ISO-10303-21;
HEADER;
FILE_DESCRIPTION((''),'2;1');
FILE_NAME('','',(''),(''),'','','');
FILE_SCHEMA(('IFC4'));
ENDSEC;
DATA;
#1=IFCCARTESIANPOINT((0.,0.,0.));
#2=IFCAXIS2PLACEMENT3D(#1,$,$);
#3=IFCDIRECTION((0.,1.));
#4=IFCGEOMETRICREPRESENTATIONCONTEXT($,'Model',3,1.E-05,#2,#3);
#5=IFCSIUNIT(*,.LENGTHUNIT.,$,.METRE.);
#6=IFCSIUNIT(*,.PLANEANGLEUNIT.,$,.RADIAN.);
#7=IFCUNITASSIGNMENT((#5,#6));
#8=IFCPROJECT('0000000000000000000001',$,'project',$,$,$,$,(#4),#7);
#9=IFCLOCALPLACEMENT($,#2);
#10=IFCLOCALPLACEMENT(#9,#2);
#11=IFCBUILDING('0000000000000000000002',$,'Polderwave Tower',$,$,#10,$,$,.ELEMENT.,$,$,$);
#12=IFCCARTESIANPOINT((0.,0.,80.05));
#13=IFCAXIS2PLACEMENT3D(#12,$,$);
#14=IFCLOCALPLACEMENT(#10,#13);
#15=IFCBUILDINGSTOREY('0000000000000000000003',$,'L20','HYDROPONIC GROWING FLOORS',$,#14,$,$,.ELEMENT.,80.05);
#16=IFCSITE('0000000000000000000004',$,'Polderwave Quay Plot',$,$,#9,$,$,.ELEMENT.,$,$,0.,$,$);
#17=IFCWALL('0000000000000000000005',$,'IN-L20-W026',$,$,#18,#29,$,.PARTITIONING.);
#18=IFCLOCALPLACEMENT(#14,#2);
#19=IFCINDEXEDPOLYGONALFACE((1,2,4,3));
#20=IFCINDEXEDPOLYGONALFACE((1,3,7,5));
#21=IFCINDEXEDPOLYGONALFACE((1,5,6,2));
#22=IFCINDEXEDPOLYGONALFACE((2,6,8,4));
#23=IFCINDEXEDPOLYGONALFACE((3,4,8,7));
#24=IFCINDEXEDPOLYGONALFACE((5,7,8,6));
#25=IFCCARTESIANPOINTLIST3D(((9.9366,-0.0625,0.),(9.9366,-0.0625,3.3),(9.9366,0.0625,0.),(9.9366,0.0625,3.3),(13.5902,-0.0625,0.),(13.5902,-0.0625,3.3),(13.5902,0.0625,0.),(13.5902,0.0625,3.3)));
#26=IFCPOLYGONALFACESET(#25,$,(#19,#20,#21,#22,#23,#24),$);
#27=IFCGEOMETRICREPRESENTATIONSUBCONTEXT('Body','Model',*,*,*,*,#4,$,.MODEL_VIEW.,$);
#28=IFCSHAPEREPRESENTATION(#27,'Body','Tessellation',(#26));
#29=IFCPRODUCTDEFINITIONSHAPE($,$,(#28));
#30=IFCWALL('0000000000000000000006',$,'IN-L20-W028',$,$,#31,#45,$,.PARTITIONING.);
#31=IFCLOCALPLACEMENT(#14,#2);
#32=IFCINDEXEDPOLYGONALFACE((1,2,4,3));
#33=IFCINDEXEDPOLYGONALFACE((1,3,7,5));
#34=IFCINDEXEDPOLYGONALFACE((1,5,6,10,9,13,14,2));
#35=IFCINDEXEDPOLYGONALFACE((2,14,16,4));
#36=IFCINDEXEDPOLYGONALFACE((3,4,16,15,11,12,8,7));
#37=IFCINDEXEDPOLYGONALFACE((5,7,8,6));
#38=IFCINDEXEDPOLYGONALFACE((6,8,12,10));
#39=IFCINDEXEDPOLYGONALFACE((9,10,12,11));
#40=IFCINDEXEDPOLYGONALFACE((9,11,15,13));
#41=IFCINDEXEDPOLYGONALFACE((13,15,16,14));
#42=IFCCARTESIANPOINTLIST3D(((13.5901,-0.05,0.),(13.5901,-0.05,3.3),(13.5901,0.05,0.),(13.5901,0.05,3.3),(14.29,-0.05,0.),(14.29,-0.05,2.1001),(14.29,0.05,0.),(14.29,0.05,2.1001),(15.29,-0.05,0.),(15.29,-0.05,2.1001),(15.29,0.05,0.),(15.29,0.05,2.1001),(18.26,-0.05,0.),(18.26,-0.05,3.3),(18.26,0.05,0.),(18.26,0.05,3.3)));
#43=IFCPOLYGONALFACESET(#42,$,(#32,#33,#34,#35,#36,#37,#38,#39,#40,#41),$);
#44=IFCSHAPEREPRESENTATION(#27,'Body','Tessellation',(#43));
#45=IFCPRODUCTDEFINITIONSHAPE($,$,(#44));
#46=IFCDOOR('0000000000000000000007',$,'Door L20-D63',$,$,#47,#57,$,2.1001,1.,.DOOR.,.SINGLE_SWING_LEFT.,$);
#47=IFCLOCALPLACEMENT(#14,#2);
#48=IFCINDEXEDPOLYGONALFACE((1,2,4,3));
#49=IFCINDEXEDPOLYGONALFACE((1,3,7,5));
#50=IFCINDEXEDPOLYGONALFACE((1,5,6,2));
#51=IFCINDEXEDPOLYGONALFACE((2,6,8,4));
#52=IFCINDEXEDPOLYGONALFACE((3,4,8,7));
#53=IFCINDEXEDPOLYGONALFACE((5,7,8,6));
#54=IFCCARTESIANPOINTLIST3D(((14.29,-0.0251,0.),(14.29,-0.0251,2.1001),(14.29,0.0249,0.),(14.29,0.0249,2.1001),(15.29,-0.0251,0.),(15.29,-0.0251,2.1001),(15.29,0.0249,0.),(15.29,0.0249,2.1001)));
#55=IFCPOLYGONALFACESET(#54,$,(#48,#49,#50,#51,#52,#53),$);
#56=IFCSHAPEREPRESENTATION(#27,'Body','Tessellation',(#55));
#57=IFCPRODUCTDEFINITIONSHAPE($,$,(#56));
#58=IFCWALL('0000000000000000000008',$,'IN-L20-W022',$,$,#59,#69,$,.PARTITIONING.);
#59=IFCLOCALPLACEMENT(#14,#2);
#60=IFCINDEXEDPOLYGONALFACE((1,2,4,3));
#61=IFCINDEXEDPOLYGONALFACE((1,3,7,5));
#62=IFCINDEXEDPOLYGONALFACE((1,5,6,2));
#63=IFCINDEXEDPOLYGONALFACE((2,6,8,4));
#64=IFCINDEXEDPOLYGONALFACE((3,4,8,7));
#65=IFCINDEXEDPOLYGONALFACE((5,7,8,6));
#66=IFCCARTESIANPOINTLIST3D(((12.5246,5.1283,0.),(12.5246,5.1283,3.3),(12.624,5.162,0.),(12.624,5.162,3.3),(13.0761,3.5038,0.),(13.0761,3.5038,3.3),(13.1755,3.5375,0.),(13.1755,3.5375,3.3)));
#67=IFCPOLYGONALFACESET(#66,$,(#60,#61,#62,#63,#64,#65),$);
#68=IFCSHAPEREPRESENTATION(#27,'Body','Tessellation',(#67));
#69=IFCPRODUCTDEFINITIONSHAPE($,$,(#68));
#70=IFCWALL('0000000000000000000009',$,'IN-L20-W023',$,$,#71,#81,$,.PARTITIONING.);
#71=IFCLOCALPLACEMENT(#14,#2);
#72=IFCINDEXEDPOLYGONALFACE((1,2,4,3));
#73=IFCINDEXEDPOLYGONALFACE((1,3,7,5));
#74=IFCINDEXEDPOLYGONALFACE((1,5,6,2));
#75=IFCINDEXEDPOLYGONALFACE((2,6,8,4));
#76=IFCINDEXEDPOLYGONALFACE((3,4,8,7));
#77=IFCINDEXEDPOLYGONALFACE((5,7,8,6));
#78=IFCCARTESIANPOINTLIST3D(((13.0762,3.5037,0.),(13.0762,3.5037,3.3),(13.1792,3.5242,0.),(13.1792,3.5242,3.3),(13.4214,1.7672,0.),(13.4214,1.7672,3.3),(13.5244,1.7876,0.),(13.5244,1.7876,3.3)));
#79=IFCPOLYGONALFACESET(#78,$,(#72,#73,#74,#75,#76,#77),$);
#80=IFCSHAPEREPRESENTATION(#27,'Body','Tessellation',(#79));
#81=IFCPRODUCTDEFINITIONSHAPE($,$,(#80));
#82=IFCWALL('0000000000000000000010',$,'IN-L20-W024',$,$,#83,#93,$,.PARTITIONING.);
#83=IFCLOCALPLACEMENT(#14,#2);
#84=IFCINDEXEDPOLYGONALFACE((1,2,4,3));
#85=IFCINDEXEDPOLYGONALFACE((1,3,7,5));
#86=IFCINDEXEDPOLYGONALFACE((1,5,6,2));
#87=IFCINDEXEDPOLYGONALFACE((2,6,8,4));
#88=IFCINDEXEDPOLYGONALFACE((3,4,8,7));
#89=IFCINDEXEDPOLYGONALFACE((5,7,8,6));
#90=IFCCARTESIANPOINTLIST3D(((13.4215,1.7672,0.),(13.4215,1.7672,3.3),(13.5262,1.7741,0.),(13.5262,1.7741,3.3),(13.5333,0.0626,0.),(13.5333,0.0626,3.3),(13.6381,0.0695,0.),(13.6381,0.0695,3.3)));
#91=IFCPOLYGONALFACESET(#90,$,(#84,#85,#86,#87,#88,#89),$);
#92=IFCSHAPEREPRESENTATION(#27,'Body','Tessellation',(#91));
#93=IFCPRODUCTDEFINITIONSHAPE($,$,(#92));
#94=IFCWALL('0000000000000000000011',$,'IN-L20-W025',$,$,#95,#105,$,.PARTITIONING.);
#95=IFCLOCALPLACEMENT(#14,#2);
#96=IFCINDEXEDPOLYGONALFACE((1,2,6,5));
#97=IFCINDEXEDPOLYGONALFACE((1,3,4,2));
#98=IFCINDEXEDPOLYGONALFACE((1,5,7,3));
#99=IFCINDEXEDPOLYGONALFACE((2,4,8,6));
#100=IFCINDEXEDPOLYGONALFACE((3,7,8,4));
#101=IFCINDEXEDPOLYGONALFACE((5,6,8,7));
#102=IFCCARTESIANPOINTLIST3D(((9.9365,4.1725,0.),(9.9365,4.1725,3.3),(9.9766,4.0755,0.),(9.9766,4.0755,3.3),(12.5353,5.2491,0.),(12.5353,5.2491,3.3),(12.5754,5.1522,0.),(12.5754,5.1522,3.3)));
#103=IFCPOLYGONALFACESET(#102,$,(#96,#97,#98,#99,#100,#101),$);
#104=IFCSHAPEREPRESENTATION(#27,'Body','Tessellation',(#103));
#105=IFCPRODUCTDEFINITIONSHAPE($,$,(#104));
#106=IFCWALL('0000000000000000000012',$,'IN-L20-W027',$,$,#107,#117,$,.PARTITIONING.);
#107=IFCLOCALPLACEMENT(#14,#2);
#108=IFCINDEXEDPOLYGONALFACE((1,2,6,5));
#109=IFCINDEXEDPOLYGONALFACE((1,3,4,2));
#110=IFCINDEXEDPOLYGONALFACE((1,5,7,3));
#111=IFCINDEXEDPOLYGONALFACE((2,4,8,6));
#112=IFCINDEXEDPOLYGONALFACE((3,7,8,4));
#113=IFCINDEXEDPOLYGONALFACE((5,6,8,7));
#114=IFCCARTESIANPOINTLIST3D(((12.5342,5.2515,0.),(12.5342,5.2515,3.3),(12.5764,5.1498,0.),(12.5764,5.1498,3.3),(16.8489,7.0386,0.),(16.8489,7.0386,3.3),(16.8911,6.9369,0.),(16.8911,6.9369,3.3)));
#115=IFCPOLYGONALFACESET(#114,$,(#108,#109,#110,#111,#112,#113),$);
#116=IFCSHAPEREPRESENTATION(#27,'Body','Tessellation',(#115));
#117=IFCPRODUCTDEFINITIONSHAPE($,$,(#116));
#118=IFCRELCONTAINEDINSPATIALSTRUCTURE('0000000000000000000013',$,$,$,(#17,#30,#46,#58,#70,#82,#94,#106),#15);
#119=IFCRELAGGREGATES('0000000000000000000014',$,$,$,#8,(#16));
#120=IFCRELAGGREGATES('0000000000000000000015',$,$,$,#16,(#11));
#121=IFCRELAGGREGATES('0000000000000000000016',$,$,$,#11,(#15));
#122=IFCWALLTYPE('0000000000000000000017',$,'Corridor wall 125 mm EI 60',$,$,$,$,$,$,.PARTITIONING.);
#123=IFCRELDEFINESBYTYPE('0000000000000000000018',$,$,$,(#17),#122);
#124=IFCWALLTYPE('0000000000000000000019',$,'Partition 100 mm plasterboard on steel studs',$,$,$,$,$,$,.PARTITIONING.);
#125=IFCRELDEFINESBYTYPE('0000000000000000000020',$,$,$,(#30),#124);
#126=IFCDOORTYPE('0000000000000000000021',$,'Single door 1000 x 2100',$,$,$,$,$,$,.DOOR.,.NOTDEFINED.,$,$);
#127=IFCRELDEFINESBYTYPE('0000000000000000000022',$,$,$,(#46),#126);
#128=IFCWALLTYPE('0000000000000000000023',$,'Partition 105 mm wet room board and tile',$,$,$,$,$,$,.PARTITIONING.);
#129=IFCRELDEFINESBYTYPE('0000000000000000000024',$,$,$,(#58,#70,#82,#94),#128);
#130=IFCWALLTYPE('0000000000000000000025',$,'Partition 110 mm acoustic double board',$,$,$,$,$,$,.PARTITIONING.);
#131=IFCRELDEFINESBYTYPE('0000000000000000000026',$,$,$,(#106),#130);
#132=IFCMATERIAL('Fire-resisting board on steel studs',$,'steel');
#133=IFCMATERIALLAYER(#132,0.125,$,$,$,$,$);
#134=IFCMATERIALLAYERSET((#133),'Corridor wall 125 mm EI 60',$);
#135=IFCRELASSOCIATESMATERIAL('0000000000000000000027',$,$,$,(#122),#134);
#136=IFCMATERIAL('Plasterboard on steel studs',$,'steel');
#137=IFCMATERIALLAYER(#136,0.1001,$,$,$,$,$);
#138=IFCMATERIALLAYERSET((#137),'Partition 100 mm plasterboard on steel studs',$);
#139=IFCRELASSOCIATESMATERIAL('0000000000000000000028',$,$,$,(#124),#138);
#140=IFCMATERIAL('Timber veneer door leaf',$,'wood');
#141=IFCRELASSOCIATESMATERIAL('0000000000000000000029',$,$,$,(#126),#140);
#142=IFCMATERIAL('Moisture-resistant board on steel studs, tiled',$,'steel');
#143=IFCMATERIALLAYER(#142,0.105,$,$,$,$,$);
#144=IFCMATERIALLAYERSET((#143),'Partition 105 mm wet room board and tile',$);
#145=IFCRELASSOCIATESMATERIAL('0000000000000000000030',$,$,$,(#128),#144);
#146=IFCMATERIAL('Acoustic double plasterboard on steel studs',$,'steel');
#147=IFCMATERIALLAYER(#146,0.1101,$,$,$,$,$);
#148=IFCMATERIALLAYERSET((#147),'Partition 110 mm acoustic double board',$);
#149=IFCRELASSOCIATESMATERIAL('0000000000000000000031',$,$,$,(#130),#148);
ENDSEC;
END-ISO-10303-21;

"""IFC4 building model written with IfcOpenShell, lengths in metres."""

from ifc_helpers import new_model, si_unit, direction, frame, frame_2d, origin, place, context, subcontext, project, spatial, rectangle, extrude, material, layer, layer_set, type_object, element, fill, save


model = new_model("IFC4")

# Units and contexts
model_context = context("Model", 3, precision=1e-05, world=origin(), true_north=direction((0.0, 1.0)))
body_context = subcontext(model_context, "Body", "Model", "MODEL_VIEW")
ifc_project = project(units=[si_unit("LENGTHUNIT", "METRE"), si_unit("PLANEANGLEUNIT", "RADIAN")], contexts=[model_context])

# Site, building, storey
site_placement = place(None, origin())
site = spatial("IfcSite", under=ifc_project, at=site_placement, Name="Polderwave Quay Plot", CompositionType="ELEMENT", RefElevation=0.0)
building_placement = place(site_placement, origin())
building = spatial("IfcBuilding", under=site, at=building_placement, Name="Polderwave Tower", CompositionType="ELEMENT")
storey_placement = place(building_placement, frame((0.0, 0.0, 80.05)))
storey = spatial("IfcBuildingStorey", under=building, at=storey_placement, Name="L20", Description="HYDROPONIC GROWING FLOORS", CompositionType="ELEMENT", Elevation=80.05)

# Wall
ifc_material_1 = material(Name="Fire-resisting board on steel studs", Category="steel")
ifc_layer_1 = layer(ifc_material_1, 0.125)
ifc_layer_set_1 = layer_set([ifc_layer_1], Name="Corridor wall 125 mm EI 60")
wall_type_1 = type_object("IfcWallType", Name="Corridor wall 125 mm EI 60", PredefinedType="PARTITIONING", material=ifc_layer_set_1)
wall_1_placement = place(storey_placement, frame((13.5901, 0.0, 0.0), z_axis=(0.0, 0.0, 1.0), x_axis=(-1.0, 0.0, 0.0)))
element("IfcWall", 1, at=wall_1_placement, inside=storey, type_object=wall_type_1, Name="IN-L20-W026", PredefinedType="PARTITIONING", context=body_context, shape_type="SweptSolid", body=[
    extrude(rectangle(XDim=3.6536, YDim=0.125, at=frame_2d((1.8267, 0.0))), origin(), (0.0, 0.0, 1.0), 3.3),
])

# Wall, opening, door
ifc_material_2 = material(Name="Plasterboard on steel studs", Category="steel")
ifc_layer_2 = layer(ifc_material_2, 0.1001)
ifc_layer_set_2 = layer_set([ifc_layer_2], Name="Partition 100 mm plasterboard on steel studs")
wall_type_2 = type_object("IfcWallType", Name="Partition 100 mm plasterboard on steel studs", PredefinedType="PARTITIONING", material=ifc_layer_set_2)
wall_2_placement = place(storey_placement, frame((13.5901, 0.0, 0.0), z_axis=(0.0, 0.0, 1.0), x_axis=(1.0, 0.0, 0.0)))
wall_2 = element("IfcWall", 2, at=wall_2_placement, inside=storey, type_object=wall_type_2, Name="IN-L20-W028", PredefinedType="PARTITIONING", context=body_context, shape_type="SweptSolid", body=[
    extrude(rectangle(XDim=4.6699, YDim=0.1001, at=frame_2d((2.335, 0.0))), origin(), (0.0, 0.0, 1.0), 3.3),
])
opening_placement = place(wall_2_placement, frame((0.7, 0.0, 0.0)))
opening = element("IfcOpeningElement", 3, at=opening_placement, cuts=wall_2, PredefinedType="OPENING", context=body_context, shape_type="SweptSolid", body=[
    extrude(rectangle(XDim=1.0, YDim=2.1001, at=frame_2d((0.5, 1.05))), frame((0.0, 0.0601, 0.0), z_axis=(0.0, -1.0, 0.0), x_axis=(1.0, 0.0, 0.0)), (0.0, 0.0, 1.0), 0.1201),
])
ifc_material_3 = material(Name="Timber veneer door leaf", Category="wood")
door_type = type_object("IfcDoorType", Name="Single door 1000 x 2100", OperationType="NOTDEFINED", PredefinedType="DOOR", material=ifc_material_3)
door_placement = place(opening_placement, origin())
door = element("IfcDoor", 4, at=door_placement, inside=storey, type_object=door_type, Name="Door L20-D63", OperationType="SINGLE_SWING_LEFT", OverallHeight=2.1001, OverallWidth=1.0, PredefinedType="DOOR", context=body_context, shape_type="SweptSolid", body=[
    extrude(rectangle(XDim=1.0, YDim=2.1001, at=frame_2d((0.5, 1.05))), frame((0.0, 0.0249, 0.0), z_axis=(0.0, -1.0, 0.0), x_axis=(1.0, 0.0, 0.0)), (0.0, 0.0, 1.0), 0.05),
])
fill(opening, door)

# Walls
ifc_material_4 = material(Name="Moisture-resistant board on steel studs, tiled", Category="steel")
ifc_layer_3 = layer(ifc_material_4, 0.105)
ifc_layer_set_3 = layer_set([ifc_layer_3], Name="Partition 105 mm wet room board and tile")
wall_type_3 = type_object("IfcWallType", Name="Partition 105 mm wet room board and tile", PredefinedType="PARTITIONING", material=ifc_layer_set_3)
wall_3_placement = place(storey_placement, frame((12.5742, 5.1453, 0.0), z_axis=(0.0, 0.0, 1.0), x_axis=(0.321474, -0.946918, 0.0)))
element("IfcWall", 5, at=wall_3_placement, inside=storey, type_object=wall_type_3, Name="IN-L20-W022", PredefinedType="PARTITIONING", context=body_context, shape_type="SweptSolid", body=[
    extrude(rectangle(XDim=1.7156, YDim=0.105, at=frame_2d((0.8579, 0.0))), origin(), (0.0, 0.0, 1.0), 3.3),
])
wall_4_placement = place(storey_placement, frame((13.1277, 3.5139, 0.0), z_axis=(0.0, 0.0, 1.0), x_axis=(0.194976, -0.980808, 0.0)))
element("IfcWall", 6, at=wall_4_placement, inside=storey, type_object=wall_type_3, Name="IN-L20-W023", PredefinedType="PARTITIONING", context=body_context, shape_type="SweptSolid", body=[
    extrude(rectangle(XDim=1.7705, YDim=0.105, at=frame_2d((0.8853, 0.0))), origin(), (0.0, 0.0, 1.0), 3.3),
])
wall_5_placement = place(storey_placement, frame((13.4739, 1.7705, 0.0), z_axis=(0.0, 0.0, 1.0), x_axis=(0.065457, -0.997855, 0.0)))
element("IfcWall", 7, at=wall_5_placement, inside=storey, type_object=wall_type_3, Name="IN-L20-W024", PredefinedType="PARTITIONING", context=body_context, shape_type="SweptSolid", body=[
    extrude(rectangle(XDim=1.7083, YDim=0.105, at=frame_2d((0.854, 0.0))), origin(), (0.0, 0.0, 1.0), 3.3),
])
wall_6_placement = place(storey_placement, frame((9.9565, 4.124, 0.0), z_axis=(0.0, 0.0, 1.0), x_axis=(0.923858, 0.382735, 0.0)))
element("IfcWall", 8, at=wall_6_placement, inside=storey, type_object=wall_type_3, Name="IN-L20-W025", PredefinedType="PARTITIONING", context=body_context, shape_type="SweptSolid", body=[
    extrude(rectangle(XDim=2.813, YDim=0.105, at=frame_2d((1.4065, 0.0))), origin(), (0.0, 0.0, 1.0), 3.3),
])
ifc_material_5 = material(Name="Acoustic double plasterboard on steel studs", Category="steel")
ifc_layer_4 = layer(ifc_material_5, 0.1101)
ifc_layer_set_4 = layer_set([ifc_layer_4], Name="Partition 110 mm acoustic double board")
wall_type_4 = type_object("IfcWallType", Name="Partition 110 mm acoustic double board", PredefinedType="PARTITIONING", material=ifc_layer_set_4)
wall_7_placement = place(storey_placement, frame((12.5554, 5.2007, 0.0), z_axis=(0.0, 0.0, 1.0), x_axis=(0.923887, 0.382666, 0.0)))
element("IfcWall", 9, at=wall_7_placement, inside=storey, type_object=wall_type_4, Name="IN-L20-W027", PredefinedType="PARTITIONING", context=body_context, shape_type="SweptSolid", body=[
    extrude(rectangle(XDim=4.6702, YDim=0.1101, at=frame_2d((2.335, 0.0))), origin(), (0.0, 0.0, 1.0), 3.3),
])

save(model, "model.ifc")
